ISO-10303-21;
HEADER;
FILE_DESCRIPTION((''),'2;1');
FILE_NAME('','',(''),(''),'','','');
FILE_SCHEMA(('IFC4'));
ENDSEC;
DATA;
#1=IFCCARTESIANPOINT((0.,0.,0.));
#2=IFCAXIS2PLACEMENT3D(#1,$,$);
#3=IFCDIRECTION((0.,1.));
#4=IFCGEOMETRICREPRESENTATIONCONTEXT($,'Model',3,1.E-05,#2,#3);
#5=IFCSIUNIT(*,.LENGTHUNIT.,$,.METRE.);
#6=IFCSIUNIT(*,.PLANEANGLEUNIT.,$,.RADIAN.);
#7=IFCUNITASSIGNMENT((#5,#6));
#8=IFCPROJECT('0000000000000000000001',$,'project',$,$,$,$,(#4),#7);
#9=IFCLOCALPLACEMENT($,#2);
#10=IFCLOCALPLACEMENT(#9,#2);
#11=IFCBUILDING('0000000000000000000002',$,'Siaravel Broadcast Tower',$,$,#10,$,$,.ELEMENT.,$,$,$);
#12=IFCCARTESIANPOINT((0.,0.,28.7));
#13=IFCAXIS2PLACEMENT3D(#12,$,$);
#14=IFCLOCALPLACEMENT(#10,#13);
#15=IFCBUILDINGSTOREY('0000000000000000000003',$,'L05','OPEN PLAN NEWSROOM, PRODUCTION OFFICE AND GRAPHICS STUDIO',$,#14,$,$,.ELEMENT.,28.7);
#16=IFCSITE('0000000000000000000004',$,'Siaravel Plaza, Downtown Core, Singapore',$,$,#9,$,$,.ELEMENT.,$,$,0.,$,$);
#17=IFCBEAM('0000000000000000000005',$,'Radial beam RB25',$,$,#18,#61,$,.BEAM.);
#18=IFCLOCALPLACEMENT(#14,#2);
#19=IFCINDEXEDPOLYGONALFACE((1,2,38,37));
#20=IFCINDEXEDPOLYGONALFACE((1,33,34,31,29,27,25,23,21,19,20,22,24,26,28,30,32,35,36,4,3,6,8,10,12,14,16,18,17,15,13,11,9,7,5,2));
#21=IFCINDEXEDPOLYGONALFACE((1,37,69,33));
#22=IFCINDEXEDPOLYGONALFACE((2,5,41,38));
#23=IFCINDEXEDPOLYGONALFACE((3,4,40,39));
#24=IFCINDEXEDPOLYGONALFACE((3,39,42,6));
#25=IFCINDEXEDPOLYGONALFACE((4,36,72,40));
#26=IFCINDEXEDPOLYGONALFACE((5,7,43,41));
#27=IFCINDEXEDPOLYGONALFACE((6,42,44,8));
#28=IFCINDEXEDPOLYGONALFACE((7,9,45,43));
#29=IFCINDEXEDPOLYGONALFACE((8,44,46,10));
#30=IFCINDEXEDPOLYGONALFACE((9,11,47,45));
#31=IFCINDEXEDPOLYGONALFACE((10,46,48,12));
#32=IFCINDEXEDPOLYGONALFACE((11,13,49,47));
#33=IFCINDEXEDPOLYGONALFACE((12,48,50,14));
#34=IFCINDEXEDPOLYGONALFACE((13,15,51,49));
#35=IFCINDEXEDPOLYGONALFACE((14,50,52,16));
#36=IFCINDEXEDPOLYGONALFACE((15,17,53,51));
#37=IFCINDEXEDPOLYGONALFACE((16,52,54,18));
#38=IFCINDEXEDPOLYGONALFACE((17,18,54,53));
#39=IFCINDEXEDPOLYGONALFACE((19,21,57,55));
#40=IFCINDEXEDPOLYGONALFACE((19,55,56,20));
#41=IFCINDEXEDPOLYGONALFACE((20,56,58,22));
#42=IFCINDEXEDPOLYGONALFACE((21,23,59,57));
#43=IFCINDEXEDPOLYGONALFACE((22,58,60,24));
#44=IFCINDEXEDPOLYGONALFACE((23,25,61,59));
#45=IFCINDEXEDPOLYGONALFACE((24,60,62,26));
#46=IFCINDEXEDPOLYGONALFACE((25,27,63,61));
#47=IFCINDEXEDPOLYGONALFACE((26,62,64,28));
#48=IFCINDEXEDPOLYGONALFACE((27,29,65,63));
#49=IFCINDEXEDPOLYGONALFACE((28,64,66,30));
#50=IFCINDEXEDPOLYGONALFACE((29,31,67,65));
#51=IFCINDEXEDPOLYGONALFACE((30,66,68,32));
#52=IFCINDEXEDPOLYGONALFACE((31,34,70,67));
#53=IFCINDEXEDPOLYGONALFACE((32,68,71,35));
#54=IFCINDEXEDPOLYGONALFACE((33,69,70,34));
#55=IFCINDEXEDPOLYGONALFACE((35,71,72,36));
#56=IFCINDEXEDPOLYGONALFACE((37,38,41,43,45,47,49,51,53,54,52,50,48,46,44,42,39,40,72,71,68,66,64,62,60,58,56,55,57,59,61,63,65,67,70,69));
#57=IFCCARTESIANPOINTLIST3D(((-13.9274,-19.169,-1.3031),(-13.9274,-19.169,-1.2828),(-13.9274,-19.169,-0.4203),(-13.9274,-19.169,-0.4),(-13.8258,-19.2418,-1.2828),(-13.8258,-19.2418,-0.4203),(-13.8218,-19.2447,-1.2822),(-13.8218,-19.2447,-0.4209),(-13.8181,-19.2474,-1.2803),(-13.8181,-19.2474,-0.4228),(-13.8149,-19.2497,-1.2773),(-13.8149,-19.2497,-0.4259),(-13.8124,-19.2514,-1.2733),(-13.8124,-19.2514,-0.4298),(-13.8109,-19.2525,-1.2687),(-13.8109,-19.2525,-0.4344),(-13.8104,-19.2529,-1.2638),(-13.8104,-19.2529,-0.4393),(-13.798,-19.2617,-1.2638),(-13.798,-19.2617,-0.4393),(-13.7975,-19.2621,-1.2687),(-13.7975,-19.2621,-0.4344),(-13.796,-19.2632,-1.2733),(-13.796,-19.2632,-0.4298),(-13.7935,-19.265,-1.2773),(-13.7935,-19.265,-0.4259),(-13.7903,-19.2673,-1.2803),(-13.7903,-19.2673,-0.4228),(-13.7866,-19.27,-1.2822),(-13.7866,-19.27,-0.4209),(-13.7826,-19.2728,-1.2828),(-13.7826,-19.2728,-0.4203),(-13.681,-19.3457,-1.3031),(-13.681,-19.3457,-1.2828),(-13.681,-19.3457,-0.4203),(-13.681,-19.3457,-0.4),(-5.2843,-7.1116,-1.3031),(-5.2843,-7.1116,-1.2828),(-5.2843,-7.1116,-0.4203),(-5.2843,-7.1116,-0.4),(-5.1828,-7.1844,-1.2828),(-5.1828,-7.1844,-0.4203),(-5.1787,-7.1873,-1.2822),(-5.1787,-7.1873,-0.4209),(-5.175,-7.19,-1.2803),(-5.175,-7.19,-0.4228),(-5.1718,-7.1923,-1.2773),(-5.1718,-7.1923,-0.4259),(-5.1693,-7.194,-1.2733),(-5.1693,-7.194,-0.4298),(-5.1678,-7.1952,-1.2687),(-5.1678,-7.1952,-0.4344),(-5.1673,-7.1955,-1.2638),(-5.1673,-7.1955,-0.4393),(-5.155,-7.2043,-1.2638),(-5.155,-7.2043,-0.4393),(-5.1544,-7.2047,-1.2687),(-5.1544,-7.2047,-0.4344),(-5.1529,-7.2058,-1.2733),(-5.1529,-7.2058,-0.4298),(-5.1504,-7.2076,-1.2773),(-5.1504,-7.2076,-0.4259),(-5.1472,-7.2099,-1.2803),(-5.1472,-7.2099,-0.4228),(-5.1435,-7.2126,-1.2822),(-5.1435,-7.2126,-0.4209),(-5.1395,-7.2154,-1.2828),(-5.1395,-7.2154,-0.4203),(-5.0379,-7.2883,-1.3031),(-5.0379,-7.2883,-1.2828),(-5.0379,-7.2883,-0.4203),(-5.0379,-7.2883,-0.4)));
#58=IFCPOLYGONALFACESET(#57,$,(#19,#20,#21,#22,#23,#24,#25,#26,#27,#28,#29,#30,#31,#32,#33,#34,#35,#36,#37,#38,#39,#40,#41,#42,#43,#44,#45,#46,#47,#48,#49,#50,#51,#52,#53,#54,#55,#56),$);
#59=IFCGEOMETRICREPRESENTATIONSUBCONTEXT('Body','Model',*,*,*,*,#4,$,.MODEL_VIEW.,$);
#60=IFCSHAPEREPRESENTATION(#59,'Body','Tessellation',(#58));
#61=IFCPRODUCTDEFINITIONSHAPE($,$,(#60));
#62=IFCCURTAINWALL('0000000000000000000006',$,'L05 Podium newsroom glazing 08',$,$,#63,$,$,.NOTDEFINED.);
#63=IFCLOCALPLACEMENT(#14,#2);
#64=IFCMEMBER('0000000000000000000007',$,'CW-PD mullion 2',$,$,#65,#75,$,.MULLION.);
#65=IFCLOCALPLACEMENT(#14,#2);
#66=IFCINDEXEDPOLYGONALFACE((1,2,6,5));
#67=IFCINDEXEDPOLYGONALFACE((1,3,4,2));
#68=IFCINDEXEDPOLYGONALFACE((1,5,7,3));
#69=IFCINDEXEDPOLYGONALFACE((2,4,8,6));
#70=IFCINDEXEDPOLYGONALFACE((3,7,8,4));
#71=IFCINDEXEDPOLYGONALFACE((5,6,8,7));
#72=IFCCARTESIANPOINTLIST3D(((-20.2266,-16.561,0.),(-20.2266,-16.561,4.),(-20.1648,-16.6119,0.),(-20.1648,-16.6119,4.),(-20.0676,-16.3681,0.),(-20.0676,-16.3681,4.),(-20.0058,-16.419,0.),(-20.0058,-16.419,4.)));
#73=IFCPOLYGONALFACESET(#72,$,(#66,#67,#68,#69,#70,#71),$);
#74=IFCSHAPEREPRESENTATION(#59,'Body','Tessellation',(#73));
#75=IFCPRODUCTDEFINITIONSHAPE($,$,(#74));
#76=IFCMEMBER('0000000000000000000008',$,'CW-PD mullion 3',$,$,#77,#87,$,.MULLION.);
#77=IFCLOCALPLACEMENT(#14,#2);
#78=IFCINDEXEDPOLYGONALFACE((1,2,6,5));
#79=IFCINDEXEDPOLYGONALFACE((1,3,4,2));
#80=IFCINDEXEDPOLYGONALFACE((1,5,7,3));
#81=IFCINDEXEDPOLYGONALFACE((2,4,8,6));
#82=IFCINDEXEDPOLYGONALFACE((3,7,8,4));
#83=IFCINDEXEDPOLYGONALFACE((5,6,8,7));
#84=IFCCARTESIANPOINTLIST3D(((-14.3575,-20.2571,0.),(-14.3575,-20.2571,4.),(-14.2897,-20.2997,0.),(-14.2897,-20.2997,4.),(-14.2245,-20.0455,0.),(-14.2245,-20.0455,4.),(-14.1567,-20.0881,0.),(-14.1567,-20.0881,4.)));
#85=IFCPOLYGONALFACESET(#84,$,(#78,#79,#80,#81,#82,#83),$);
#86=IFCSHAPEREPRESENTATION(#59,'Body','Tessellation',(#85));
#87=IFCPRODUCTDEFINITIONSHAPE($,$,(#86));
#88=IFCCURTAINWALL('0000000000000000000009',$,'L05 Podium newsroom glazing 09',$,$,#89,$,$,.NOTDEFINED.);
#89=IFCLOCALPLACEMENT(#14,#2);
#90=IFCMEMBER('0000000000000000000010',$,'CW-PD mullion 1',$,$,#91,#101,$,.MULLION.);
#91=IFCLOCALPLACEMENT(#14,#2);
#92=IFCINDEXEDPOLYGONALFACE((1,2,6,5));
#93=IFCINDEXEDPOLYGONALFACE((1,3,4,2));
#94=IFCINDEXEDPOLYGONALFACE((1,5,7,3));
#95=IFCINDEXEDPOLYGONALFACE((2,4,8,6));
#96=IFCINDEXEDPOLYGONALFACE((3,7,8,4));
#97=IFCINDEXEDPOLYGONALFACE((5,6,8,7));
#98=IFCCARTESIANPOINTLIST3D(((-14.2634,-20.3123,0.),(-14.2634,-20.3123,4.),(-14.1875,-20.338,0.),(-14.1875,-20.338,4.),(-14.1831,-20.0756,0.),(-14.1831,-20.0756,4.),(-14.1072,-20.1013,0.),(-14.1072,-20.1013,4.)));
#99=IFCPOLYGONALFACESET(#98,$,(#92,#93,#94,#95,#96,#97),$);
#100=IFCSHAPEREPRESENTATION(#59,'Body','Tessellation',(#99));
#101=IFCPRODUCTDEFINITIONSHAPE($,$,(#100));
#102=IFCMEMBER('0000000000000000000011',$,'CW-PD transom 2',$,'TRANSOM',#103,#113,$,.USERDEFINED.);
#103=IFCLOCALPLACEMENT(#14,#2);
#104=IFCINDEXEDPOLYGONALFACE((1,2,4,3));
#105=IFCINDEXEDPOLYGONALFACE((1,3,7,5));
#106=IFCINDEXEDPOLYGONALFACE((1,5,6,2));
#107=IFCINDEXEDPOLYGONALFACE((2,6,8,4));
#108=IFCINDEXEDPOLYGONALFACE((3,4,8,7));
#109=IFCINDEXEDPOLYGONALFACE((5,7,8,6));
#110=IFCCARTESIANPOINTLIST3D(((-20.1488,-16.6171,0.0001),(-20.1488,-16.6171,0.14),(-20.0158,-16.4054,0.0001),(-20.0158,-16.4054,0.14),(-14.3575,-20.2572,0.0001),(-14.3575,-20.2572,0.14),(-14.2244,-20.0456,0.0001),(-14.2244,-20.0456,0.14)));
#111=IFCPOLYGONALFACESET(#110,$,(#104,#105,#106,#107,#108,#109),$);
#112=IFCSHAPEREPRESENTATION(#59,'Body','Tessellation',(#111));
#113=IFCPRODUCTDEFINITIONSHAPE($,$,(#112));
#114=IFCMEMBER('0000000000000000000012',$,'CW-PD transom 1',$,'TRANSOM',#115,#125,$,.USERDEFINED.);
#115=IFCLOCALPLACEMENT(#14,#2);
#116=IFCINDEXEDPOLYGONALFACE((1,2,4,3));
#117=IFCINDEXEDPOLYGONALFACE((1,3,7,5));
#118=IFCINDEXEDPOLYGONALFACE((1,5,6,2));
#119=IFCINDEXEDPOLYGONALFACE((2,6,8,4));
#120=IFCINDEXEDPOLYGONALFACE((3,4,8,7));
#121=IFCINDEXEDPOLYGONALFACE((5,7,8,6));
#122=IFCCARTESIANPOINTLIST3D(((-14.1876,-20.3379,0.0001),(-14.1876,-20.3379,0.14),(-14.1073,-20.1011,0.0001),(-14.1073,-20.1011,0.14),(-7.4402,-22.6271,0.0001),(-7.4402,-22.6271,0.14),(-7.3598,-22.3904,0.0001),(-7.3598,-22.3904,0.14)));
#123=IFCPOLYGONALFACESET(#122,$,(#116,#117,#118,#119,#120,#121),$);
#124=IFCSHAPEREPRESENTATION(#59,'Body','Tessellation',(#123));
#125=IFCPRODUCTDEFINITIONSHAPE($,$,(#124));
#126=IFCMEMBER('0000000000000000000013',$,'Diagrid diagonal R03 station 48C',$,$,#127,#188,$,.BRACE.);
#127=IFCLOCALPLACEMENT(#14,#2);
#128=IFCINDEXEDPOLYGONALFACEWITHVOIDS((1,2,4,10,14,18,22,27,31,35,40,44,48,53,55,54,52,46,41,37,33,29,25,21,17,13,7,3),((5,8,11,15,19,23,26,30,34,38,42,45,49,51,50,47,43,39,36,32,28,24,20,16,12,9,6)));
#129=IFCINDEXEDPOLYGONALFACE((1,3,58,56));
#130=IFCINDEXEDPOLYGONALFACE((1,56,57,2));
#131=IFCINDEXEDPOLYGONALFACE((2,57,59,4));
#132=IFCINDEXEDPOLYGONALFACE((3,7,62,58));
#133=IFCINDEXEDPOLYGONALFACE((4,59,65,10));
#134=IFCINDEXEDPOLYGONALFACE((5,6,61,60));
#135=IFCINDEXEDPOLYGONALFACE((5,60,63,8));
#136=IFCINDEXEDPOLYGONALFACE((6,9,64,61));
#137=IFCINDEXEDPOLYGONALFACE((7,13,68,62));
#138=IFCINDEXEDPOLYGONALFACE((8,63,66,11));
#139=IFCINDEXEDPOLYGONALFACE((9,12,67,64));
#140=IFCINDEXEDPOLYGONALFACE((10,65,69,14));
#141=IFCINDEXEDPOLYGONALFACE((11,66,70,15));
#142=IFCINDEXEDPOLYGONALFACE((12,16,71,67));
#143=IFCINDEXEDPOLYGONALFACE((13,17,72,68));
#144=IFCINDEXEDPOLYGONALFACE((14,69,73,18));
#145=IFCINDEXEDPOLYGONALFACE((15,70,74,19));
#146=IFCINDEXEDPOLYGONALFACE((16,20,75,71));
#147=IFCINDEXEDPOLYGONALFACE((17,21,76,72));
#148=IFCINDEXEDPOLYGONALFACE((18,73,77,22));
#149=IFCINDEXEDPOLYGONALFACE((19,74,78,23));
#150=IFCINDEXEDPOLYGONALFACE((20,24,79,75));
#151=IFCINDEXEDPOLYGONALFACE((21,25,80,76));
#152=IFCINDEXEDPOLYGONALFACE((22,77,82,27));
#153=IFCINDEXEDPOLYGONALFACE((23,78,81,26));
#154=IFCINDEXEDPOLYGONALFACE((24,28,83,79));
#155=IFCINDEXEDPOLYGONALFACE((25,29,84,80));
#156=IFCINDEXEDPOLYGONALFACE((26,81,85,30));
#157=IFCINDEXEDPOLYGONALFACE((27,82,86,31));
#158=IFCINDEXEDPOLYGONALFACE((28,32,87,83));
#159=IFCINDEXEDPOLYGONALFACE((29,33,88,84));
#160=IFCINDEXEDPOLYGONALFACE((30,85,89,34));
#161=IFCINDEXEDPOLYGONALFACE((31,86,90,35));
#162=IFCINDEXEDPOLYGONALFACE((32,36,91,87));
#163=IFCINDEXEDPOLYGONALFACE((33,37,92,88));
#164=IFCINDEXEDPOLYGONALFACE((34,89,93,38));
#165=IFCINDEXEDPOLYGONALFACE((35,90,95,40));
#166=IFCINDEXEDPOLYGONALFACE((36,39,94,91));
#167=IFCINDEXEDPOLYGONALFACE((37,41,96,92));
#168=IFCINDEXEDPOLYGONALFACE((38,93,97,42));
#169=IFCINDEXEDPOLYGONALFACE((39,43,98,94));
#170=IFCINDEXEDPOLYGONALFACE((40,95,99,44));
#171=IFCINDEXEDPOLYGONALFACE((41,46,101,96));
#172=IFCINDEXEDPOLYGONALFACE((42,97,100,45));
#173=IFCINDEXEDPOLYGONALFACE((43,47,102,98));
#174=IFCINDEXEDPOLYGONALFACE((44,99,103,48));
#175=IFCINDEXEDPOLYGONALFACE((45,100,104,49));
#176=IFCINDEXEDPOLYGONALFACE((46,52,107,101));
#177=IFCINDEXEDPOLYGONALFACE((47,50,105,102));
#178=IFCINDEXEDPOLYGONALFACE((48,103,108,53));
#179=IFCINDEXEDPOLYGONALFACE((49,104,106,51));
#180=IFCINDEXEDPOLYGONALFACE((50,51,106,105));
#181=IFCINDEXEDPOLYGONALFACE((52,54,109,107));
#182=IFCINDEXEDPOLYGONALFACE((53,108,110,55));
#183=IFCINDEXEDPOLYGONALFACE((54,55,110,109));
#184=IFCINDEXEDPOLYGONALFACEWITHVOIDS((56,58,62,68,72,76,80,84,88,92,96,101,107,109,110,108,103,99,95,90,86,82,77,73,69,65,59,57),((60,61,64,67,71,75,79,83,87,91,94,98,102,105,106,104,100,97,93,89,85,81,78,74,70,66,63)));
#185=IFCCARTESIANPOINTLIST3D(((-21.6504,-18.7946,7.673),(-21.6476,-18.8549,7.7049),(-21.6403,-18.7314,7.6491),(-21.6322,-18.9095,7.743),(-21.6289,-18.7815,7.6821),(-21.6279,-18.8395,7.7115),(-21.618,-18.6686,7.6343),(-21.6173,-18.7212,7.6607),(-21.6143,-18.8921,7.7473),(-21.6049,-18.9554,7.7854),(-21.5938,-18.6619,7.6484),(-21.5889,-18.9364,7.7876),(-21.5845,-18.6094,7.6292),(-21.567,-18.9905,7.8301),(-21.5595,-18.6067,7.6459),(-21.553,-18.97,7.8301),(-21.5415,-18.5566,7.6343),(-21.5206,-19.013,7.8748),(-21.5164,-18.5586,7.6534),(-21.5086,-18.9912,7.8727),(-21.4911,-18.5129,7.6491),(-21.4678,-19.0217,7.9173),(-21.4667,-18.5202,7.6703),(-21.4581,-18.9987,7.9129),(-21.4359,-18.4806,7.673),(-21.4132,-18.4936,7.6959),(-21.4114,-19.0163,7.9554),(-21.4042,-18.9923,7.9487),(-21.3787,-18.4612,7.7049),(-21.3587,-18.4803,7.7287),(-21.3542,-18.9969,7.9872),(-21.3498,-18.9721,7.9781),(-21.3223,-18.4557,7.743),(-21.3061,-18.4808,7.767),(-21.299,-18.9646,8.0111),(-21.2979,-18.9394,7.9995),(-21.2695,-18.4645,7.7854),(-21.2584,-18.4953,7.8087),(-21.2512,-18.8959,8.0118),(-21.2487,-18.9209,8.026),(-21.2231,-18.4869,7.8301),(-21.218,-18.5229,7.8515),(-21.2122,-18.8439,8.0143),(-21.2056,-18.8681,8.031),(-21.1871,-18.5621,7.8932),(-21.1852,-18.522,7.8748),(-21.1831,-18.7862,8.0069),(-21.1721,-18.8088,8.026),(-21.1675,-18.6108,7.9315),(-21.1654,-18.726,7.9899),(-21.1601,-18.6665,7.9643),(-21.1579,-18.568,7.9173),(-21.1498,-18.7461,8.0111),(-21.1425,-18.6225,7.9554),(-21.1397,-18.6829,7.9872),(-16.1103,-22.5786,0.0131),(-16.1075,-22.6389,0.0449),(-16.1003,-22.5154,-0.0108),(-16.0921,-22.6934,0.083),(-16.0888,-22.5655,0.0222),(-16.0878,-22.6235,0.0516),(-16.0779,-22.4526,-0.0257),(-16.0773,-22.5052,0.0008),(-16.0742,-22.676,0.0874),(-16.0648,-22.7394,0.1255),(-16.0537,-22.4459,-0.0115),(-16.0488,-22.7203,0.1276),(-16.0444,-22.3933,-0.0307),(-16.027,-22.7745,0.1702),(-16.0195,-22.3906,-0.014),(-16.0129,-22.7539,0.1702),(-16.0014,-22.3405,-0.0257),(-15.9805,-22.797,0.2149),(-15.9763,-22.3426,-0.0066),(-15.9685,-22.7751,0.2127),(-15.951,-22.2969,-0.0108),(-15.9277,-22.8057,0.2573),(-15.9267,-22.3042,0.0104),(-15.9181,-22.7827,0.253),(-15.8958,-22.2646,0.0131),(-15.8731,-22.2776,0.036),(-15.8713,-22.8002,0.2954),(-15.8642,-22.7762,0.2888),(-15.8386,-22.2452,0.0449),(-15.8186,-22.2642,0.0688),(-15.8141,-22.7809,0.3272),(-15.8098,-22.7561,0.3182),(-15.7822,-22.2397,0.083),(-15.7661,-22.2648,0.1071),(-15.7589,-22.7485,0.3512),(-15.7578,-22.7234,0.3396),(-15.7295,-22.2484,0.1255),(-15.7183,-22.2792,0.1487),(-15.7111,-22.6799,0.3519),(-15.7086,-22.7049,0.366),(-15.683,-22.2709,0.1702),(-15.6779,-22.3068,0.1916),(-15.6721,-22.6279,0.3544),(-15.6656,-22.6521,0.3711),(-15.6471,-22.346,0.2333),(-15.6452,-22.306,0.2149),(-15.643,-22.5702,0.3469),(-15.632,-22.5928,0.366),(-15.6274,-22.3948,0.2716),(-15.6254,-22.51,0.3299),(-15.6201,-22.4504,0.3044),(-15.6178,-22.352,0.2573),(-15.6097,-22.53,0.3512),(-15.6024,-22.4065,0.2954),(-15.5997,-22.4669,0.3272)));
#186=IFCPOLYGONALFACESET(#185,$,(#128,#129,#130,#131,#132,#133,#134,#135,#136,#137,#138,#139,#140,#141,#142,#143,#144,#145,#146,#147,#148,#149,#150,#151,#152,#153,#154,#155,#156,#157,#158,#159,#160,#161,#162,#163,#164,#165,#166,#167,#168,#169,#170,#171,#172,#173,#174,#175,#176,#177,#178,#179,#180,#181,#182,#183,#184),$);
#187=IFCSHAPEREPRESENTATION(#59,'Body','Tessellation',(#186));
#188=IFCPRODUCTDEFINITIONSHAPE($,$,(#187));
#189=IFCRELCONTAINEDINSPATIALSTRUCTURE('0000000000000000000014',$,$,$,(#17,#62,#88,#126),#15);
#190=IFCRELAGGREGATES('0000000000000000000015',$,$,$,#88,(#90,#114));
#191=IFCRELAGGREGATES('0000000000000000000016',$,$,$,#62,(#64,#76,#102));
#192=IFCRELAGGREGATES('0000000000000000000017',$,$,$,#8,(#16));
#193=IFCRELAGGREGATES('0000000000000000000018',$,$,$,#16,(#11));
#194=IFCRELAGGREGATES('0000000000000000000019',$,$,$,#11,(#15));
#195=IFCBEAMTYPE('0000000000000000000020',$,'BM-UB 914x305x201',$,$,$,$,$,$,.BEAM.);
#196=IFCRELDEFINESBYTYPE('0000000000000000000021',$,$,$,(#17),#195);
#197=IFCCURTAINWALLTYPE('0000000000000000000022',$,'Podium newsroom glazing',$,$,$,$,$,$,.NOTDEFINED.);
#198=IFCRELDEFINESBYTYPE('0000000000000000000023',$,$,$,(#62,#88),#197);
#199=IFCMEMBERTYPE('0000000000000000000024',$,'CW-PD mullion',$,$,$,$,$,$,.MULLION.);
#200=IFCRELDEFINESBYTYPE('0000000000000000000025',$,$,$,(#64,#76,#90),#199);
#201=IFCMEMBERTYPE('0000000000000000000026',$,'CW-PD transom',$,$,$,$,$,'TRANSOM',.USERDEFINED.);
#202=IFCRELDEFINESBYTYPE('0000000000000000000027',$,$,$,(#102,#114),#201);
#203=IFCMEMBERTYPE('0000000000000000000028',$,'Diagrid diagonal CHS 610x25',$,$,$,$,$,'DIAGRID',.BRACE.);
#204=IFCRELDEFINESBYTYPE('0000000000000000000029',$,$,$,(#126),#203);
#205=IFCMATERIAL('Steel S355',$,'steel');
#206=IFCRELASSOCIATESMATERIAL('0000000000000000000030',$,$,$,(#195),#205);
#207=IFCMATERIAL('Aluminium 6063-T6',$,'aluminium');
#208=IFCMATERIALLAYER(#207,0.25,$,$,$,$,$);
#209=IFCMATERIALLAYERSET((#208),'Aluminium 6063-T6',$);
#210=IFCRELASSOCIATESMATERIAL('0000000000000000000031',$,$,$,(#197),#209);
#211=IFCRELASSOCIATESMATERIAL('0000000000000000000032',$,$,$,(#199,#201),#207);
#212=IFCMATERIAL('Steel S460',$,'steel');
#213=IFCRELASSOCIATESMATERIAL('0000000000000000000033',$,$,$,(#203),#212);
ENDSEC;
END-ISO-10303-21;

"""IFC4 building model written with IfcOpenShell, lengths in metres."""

from ifc_helpers import new_model, si_unit, direction, frame, origin, origin_2d, place, context, subcontext, project, spatial, rectangle, hollow_circle, i_section, extrude, material, layer, layer_set, material_profile, profile_set, type_object, element, aggregate, save


model = new_model("IFC4")

# Units and contexts
model_context = context("Model", 3, precision=1e-05, world=origin(), true_north=direction((0.0, 1.0)))
body_context = subcontext(model_context, "Body", "Model", "MODEL_VIEW")
ifc_project = project(units=[si_unit("LENGTHUNIT", "METRE"), si_unit("PLANEANGLEUNIT", "RADIAN")], contexts=[model_context])

# Site, building, storey
site_placement = place(None, origin())
site = spatial("IfcSite", under=ifc_project, at=site_placement, Name="Siaravel Plaza, Downtown Core, Singapore", CompositionType="ELEMENT", RefElevation=0.0)
building_placement = place(site_placement, origin())
building = spatial("IfcBuilding", under=site, at=building_placement, Name="Siaravel Broadcast Tower", CompositionType="ELEMENT")
storey_placement = place(building_placement, frame((0.0, 0.0, 28.7)))
storey = spatial("IfcBuildingStorey", under=building, at=storey_placement, Name="L05", Description="OPEN PLAN NEWSROOM, PRODUCTION OFFICE AND GRAPHICS STUDIO", CompositionType="ELEMENT", Elevation=28.7)

# Beam
ifc_material_1 = material(Name="Steel S355", Category="steel")
ifc_material_profile_1 = material_profile(ifc_material_1, i_section(OverallWidth=0.3032, OverallDepth=0.9031, WebThickness=0.0151, FlangeThickness=0.0203, FilletRadius=0.019, at=origin_2d()))
ifc_profile_set_1 = profile_set([ifc_material_profile_1], Name="Steel S355")
beam_type = type_object("IfcBeamType", Name="BM-UB 914x305x201", PredefinedType="BEAM", material=ifc_profile_set_1)
beam_1_placement = place(storey_placement, frame((-13.8042, -19.2573, -0.8516), z_axis=(0.582606, 0.812755, 0.0), x_axis=(-0.812755, 0.582606, 0.0)))
element("IfcBeam", 1, at=beam_1_placement, inside=storey, type_object=beam_type, Name="Radial beam RB25", PredefinedType="BEAM", context=body_context, shape_type="SweptSolid", body=[
    extrude(i_section(OverallWidth=0.3032, OverallDepth=0.9031, WebThickness=0.0151, FlangeThickness=0.0203, FilletRadius=0.019, at=origin_2d()), origin(), (0.0, 0.0, 1.0), 14.8352),
])

# Curtain wall, members
ifc_material_2 = material(Name="Aluminium 6063-T6", Category="aluminium")
ifc_layer_1 = layer(ifc_material_2, 0.25)
ifc_layer_set_1 = layer_set([ifc_layer_1], Name="Aluminium 6063-T6")
curtain_wall_type = type_object("IfcCurtainWallType", Name="Podium newsroom glazing", PredefinedType="NOTDEFINED", material=ifc_layer_set_1)
curtain_wall_1_placement = place(storey_placement, origin())
curtain_wall_1 = element("IfcCurtainWall", 2, at=curtain_wall_1_placement, inside=storey, type_object=curtain_wall_type, Name="L05 Podium newsroom glazing 08", PredefinedType="NOTDEFINED")
ifc_material_profile_2 = material_profile(ifc_material_2, rectangle(XDim=0.25, YDim=0.0801, at=origin_2d()))
ifc_profile_set_2 = profile_set([ifc_material_profile_2], Name="Aluminium 6063-T6")
member_type_1 = type_object("IfcMemberType", Name="CW-PD mullion", PredefinedType="MULLION", material=ifc_profile_set_2)
member_1_placement = place(storey_placement, frame((-20.1162, -16.49, 0.0), z_axis=(0.0, 0.0, 1.0), x_axis=(0.636218, 0.77151, 0.0)))
member_1 = element("IfcMember", 3, at=member_1_placement, type_object=member_type_1, Name="CW-PD mullion 2", PredefinedType="MULLION", context=body_context, shape_type="SweptSolid", body=[
    extrude(rectangle(XDim=0.25, YDim=0.0801, at=origin_2d()), origin(), (0.0, 0.0, 1.0), 4.0),
])
member_2_placement = place(storey_placement, frame((-14.2571, -20.1726, 0.0), z_axis=(0.0, 0.0, 1.0), x_axis=(0.532148, 0.846651, 0.0)))
member_2 = element("IfcMember", 4, at=member_2_placement, type_object=member_type_1, Name="CW-PD mullion 3", PredefinedType="MULLION", context=body_context, shape_type="SweptSolid", body=[
    extrude(rectangle(XDim=0.25, YDim=0.0801, at=origin_2d()), origin(), (0.0, 0.0, 1.0), 4.0),
])

# Curtain wall, member
curtain_wall_2_placement = place(storey_placement, origin())
curtain_wall_2 = element("IfcCurtainWall", 5, at=curtain_wall_2_placement, inside=storey, type_object=curtain_wall_type, Name="L05 Podium newsroom glazing 09", PredefinedType="NOTDEFINED")
member_3_placement = place(storey_placement, frame((-14.1853, -20.2068, 0.0), z_axis=(0.0, 0.0, 1.0), x_axis=(0.3213, 0.946977, 0.0)))
member_3 = element("IfcMember", 6, at=member_3_placement, type_object=member_type_1, Name="CW-PD mullion 1", PredefinedType="MULLION", context=body_context, shape_type="SweptSolid", body=[
    extrude(rectangle(XDim=0.25, YDim=0.0801, at=origin_2d()), origin(), (0.0, 0.0, 1.0), 4.0),
])

# Members
ifc_material_profile_3 = material_profile(ifc_material_2, rectangle(XDim=0.25, YDim=0.1399, at=origin_2d()))
ifc_profile_set_3 = profile_set([ifc_material_profile_3], Name="Aluminium 6063-T6")
member_type_2 = type_object("IfcMemberType", Name="CW-PD transom", ElementType="TRANSOM", PredefinedType="USERDEFINED", material=ifc_profile_set_3)
member_4_placement = place(storey_placement, frame((-20.0823, -16.5112, 0.0701), z_axis=(0.846642, -0.532163, 0.0), x_axis=(0.532163, 0.846642, 0.0)))
member_4 = element("IfcMember", 7, at=member_4_placement, type_object=member_type_2, Name="CW-PD transom 2", ObjectType="TRANSOM", PredefinedType="USERDEFINED", context=body_context, shape_type="SweptSolid", body=[
    extrude(rectangle(XDim=0.25, YDim=0.1399, at=origin_2d()), origin(), (0.0, 0.0, 1.0), 6.8403),
])
member_5_placement = place(storey_placement, frame((-14.1475, -20.2195, 0.0701), z_axis=(0.946981, -0.321291, 0.0), x_axis=(0.321291, 0.946981, 0.0)))
member_5 = element("IfcMember", 8, at=member_5_placement, type_object=member_type_2, Name="CW-PD transom 1", ObjectType="TRANSOM", PredefinedType="USERDEFINED", context=body_context, shape_type="SweptSolid", body=[
    extrude(rectangle(XDim=0.25, YDim=0.1399, at=origin_2d()), origin(), (0.0, 0.0, 1.0), 7.1252),
])
aggregate(curtain_wall_2, [member_3, member_5])

# Member
ifc_material_3 = material(Name="Steel S460", Category="steel")
ifc_material_profile_4 = material_profile(ifc_material_3, hollow_circle(Radius=0.3049, WallThickness=0.0249, at=origin_2d()))
ifc_profile_set_4 = profile_set([ifc_material_profile_4], Name="Steel S460")
member_type_3 = type_object("IfcMemberType", Name="Diagrid diagonal CHS 610x25", ElementType="DIAGRID", PredefinedType="BRACE", material=ifc_profile_set_4)
member_6_placement = place(storey_placement, frame((-15.855, -22.5227, 0.1702), z_axis=(-0.544072, 0.37161, 0.752258), x_axis=(-0.564012, -0.825767, 0.0)))
element("IfcMember", 9, at=member_6_placement, inside=storey, type_object=member_type_3, Name="Diagrid diagonal R03 station 48C", PredefinedType="BRACE", context=body_context, shape_type="SweptSolid", body=[
    extrude(hollow_circle(Radius=0.3049, WallThickness=0.0249, at=origin_2d()), origin(), (0.0, 0.0, 1.0), 10.1826),
])

aggregate(curtain_wall_1, [member_1, member_2, member_4])

save(model, "model.ifc")
